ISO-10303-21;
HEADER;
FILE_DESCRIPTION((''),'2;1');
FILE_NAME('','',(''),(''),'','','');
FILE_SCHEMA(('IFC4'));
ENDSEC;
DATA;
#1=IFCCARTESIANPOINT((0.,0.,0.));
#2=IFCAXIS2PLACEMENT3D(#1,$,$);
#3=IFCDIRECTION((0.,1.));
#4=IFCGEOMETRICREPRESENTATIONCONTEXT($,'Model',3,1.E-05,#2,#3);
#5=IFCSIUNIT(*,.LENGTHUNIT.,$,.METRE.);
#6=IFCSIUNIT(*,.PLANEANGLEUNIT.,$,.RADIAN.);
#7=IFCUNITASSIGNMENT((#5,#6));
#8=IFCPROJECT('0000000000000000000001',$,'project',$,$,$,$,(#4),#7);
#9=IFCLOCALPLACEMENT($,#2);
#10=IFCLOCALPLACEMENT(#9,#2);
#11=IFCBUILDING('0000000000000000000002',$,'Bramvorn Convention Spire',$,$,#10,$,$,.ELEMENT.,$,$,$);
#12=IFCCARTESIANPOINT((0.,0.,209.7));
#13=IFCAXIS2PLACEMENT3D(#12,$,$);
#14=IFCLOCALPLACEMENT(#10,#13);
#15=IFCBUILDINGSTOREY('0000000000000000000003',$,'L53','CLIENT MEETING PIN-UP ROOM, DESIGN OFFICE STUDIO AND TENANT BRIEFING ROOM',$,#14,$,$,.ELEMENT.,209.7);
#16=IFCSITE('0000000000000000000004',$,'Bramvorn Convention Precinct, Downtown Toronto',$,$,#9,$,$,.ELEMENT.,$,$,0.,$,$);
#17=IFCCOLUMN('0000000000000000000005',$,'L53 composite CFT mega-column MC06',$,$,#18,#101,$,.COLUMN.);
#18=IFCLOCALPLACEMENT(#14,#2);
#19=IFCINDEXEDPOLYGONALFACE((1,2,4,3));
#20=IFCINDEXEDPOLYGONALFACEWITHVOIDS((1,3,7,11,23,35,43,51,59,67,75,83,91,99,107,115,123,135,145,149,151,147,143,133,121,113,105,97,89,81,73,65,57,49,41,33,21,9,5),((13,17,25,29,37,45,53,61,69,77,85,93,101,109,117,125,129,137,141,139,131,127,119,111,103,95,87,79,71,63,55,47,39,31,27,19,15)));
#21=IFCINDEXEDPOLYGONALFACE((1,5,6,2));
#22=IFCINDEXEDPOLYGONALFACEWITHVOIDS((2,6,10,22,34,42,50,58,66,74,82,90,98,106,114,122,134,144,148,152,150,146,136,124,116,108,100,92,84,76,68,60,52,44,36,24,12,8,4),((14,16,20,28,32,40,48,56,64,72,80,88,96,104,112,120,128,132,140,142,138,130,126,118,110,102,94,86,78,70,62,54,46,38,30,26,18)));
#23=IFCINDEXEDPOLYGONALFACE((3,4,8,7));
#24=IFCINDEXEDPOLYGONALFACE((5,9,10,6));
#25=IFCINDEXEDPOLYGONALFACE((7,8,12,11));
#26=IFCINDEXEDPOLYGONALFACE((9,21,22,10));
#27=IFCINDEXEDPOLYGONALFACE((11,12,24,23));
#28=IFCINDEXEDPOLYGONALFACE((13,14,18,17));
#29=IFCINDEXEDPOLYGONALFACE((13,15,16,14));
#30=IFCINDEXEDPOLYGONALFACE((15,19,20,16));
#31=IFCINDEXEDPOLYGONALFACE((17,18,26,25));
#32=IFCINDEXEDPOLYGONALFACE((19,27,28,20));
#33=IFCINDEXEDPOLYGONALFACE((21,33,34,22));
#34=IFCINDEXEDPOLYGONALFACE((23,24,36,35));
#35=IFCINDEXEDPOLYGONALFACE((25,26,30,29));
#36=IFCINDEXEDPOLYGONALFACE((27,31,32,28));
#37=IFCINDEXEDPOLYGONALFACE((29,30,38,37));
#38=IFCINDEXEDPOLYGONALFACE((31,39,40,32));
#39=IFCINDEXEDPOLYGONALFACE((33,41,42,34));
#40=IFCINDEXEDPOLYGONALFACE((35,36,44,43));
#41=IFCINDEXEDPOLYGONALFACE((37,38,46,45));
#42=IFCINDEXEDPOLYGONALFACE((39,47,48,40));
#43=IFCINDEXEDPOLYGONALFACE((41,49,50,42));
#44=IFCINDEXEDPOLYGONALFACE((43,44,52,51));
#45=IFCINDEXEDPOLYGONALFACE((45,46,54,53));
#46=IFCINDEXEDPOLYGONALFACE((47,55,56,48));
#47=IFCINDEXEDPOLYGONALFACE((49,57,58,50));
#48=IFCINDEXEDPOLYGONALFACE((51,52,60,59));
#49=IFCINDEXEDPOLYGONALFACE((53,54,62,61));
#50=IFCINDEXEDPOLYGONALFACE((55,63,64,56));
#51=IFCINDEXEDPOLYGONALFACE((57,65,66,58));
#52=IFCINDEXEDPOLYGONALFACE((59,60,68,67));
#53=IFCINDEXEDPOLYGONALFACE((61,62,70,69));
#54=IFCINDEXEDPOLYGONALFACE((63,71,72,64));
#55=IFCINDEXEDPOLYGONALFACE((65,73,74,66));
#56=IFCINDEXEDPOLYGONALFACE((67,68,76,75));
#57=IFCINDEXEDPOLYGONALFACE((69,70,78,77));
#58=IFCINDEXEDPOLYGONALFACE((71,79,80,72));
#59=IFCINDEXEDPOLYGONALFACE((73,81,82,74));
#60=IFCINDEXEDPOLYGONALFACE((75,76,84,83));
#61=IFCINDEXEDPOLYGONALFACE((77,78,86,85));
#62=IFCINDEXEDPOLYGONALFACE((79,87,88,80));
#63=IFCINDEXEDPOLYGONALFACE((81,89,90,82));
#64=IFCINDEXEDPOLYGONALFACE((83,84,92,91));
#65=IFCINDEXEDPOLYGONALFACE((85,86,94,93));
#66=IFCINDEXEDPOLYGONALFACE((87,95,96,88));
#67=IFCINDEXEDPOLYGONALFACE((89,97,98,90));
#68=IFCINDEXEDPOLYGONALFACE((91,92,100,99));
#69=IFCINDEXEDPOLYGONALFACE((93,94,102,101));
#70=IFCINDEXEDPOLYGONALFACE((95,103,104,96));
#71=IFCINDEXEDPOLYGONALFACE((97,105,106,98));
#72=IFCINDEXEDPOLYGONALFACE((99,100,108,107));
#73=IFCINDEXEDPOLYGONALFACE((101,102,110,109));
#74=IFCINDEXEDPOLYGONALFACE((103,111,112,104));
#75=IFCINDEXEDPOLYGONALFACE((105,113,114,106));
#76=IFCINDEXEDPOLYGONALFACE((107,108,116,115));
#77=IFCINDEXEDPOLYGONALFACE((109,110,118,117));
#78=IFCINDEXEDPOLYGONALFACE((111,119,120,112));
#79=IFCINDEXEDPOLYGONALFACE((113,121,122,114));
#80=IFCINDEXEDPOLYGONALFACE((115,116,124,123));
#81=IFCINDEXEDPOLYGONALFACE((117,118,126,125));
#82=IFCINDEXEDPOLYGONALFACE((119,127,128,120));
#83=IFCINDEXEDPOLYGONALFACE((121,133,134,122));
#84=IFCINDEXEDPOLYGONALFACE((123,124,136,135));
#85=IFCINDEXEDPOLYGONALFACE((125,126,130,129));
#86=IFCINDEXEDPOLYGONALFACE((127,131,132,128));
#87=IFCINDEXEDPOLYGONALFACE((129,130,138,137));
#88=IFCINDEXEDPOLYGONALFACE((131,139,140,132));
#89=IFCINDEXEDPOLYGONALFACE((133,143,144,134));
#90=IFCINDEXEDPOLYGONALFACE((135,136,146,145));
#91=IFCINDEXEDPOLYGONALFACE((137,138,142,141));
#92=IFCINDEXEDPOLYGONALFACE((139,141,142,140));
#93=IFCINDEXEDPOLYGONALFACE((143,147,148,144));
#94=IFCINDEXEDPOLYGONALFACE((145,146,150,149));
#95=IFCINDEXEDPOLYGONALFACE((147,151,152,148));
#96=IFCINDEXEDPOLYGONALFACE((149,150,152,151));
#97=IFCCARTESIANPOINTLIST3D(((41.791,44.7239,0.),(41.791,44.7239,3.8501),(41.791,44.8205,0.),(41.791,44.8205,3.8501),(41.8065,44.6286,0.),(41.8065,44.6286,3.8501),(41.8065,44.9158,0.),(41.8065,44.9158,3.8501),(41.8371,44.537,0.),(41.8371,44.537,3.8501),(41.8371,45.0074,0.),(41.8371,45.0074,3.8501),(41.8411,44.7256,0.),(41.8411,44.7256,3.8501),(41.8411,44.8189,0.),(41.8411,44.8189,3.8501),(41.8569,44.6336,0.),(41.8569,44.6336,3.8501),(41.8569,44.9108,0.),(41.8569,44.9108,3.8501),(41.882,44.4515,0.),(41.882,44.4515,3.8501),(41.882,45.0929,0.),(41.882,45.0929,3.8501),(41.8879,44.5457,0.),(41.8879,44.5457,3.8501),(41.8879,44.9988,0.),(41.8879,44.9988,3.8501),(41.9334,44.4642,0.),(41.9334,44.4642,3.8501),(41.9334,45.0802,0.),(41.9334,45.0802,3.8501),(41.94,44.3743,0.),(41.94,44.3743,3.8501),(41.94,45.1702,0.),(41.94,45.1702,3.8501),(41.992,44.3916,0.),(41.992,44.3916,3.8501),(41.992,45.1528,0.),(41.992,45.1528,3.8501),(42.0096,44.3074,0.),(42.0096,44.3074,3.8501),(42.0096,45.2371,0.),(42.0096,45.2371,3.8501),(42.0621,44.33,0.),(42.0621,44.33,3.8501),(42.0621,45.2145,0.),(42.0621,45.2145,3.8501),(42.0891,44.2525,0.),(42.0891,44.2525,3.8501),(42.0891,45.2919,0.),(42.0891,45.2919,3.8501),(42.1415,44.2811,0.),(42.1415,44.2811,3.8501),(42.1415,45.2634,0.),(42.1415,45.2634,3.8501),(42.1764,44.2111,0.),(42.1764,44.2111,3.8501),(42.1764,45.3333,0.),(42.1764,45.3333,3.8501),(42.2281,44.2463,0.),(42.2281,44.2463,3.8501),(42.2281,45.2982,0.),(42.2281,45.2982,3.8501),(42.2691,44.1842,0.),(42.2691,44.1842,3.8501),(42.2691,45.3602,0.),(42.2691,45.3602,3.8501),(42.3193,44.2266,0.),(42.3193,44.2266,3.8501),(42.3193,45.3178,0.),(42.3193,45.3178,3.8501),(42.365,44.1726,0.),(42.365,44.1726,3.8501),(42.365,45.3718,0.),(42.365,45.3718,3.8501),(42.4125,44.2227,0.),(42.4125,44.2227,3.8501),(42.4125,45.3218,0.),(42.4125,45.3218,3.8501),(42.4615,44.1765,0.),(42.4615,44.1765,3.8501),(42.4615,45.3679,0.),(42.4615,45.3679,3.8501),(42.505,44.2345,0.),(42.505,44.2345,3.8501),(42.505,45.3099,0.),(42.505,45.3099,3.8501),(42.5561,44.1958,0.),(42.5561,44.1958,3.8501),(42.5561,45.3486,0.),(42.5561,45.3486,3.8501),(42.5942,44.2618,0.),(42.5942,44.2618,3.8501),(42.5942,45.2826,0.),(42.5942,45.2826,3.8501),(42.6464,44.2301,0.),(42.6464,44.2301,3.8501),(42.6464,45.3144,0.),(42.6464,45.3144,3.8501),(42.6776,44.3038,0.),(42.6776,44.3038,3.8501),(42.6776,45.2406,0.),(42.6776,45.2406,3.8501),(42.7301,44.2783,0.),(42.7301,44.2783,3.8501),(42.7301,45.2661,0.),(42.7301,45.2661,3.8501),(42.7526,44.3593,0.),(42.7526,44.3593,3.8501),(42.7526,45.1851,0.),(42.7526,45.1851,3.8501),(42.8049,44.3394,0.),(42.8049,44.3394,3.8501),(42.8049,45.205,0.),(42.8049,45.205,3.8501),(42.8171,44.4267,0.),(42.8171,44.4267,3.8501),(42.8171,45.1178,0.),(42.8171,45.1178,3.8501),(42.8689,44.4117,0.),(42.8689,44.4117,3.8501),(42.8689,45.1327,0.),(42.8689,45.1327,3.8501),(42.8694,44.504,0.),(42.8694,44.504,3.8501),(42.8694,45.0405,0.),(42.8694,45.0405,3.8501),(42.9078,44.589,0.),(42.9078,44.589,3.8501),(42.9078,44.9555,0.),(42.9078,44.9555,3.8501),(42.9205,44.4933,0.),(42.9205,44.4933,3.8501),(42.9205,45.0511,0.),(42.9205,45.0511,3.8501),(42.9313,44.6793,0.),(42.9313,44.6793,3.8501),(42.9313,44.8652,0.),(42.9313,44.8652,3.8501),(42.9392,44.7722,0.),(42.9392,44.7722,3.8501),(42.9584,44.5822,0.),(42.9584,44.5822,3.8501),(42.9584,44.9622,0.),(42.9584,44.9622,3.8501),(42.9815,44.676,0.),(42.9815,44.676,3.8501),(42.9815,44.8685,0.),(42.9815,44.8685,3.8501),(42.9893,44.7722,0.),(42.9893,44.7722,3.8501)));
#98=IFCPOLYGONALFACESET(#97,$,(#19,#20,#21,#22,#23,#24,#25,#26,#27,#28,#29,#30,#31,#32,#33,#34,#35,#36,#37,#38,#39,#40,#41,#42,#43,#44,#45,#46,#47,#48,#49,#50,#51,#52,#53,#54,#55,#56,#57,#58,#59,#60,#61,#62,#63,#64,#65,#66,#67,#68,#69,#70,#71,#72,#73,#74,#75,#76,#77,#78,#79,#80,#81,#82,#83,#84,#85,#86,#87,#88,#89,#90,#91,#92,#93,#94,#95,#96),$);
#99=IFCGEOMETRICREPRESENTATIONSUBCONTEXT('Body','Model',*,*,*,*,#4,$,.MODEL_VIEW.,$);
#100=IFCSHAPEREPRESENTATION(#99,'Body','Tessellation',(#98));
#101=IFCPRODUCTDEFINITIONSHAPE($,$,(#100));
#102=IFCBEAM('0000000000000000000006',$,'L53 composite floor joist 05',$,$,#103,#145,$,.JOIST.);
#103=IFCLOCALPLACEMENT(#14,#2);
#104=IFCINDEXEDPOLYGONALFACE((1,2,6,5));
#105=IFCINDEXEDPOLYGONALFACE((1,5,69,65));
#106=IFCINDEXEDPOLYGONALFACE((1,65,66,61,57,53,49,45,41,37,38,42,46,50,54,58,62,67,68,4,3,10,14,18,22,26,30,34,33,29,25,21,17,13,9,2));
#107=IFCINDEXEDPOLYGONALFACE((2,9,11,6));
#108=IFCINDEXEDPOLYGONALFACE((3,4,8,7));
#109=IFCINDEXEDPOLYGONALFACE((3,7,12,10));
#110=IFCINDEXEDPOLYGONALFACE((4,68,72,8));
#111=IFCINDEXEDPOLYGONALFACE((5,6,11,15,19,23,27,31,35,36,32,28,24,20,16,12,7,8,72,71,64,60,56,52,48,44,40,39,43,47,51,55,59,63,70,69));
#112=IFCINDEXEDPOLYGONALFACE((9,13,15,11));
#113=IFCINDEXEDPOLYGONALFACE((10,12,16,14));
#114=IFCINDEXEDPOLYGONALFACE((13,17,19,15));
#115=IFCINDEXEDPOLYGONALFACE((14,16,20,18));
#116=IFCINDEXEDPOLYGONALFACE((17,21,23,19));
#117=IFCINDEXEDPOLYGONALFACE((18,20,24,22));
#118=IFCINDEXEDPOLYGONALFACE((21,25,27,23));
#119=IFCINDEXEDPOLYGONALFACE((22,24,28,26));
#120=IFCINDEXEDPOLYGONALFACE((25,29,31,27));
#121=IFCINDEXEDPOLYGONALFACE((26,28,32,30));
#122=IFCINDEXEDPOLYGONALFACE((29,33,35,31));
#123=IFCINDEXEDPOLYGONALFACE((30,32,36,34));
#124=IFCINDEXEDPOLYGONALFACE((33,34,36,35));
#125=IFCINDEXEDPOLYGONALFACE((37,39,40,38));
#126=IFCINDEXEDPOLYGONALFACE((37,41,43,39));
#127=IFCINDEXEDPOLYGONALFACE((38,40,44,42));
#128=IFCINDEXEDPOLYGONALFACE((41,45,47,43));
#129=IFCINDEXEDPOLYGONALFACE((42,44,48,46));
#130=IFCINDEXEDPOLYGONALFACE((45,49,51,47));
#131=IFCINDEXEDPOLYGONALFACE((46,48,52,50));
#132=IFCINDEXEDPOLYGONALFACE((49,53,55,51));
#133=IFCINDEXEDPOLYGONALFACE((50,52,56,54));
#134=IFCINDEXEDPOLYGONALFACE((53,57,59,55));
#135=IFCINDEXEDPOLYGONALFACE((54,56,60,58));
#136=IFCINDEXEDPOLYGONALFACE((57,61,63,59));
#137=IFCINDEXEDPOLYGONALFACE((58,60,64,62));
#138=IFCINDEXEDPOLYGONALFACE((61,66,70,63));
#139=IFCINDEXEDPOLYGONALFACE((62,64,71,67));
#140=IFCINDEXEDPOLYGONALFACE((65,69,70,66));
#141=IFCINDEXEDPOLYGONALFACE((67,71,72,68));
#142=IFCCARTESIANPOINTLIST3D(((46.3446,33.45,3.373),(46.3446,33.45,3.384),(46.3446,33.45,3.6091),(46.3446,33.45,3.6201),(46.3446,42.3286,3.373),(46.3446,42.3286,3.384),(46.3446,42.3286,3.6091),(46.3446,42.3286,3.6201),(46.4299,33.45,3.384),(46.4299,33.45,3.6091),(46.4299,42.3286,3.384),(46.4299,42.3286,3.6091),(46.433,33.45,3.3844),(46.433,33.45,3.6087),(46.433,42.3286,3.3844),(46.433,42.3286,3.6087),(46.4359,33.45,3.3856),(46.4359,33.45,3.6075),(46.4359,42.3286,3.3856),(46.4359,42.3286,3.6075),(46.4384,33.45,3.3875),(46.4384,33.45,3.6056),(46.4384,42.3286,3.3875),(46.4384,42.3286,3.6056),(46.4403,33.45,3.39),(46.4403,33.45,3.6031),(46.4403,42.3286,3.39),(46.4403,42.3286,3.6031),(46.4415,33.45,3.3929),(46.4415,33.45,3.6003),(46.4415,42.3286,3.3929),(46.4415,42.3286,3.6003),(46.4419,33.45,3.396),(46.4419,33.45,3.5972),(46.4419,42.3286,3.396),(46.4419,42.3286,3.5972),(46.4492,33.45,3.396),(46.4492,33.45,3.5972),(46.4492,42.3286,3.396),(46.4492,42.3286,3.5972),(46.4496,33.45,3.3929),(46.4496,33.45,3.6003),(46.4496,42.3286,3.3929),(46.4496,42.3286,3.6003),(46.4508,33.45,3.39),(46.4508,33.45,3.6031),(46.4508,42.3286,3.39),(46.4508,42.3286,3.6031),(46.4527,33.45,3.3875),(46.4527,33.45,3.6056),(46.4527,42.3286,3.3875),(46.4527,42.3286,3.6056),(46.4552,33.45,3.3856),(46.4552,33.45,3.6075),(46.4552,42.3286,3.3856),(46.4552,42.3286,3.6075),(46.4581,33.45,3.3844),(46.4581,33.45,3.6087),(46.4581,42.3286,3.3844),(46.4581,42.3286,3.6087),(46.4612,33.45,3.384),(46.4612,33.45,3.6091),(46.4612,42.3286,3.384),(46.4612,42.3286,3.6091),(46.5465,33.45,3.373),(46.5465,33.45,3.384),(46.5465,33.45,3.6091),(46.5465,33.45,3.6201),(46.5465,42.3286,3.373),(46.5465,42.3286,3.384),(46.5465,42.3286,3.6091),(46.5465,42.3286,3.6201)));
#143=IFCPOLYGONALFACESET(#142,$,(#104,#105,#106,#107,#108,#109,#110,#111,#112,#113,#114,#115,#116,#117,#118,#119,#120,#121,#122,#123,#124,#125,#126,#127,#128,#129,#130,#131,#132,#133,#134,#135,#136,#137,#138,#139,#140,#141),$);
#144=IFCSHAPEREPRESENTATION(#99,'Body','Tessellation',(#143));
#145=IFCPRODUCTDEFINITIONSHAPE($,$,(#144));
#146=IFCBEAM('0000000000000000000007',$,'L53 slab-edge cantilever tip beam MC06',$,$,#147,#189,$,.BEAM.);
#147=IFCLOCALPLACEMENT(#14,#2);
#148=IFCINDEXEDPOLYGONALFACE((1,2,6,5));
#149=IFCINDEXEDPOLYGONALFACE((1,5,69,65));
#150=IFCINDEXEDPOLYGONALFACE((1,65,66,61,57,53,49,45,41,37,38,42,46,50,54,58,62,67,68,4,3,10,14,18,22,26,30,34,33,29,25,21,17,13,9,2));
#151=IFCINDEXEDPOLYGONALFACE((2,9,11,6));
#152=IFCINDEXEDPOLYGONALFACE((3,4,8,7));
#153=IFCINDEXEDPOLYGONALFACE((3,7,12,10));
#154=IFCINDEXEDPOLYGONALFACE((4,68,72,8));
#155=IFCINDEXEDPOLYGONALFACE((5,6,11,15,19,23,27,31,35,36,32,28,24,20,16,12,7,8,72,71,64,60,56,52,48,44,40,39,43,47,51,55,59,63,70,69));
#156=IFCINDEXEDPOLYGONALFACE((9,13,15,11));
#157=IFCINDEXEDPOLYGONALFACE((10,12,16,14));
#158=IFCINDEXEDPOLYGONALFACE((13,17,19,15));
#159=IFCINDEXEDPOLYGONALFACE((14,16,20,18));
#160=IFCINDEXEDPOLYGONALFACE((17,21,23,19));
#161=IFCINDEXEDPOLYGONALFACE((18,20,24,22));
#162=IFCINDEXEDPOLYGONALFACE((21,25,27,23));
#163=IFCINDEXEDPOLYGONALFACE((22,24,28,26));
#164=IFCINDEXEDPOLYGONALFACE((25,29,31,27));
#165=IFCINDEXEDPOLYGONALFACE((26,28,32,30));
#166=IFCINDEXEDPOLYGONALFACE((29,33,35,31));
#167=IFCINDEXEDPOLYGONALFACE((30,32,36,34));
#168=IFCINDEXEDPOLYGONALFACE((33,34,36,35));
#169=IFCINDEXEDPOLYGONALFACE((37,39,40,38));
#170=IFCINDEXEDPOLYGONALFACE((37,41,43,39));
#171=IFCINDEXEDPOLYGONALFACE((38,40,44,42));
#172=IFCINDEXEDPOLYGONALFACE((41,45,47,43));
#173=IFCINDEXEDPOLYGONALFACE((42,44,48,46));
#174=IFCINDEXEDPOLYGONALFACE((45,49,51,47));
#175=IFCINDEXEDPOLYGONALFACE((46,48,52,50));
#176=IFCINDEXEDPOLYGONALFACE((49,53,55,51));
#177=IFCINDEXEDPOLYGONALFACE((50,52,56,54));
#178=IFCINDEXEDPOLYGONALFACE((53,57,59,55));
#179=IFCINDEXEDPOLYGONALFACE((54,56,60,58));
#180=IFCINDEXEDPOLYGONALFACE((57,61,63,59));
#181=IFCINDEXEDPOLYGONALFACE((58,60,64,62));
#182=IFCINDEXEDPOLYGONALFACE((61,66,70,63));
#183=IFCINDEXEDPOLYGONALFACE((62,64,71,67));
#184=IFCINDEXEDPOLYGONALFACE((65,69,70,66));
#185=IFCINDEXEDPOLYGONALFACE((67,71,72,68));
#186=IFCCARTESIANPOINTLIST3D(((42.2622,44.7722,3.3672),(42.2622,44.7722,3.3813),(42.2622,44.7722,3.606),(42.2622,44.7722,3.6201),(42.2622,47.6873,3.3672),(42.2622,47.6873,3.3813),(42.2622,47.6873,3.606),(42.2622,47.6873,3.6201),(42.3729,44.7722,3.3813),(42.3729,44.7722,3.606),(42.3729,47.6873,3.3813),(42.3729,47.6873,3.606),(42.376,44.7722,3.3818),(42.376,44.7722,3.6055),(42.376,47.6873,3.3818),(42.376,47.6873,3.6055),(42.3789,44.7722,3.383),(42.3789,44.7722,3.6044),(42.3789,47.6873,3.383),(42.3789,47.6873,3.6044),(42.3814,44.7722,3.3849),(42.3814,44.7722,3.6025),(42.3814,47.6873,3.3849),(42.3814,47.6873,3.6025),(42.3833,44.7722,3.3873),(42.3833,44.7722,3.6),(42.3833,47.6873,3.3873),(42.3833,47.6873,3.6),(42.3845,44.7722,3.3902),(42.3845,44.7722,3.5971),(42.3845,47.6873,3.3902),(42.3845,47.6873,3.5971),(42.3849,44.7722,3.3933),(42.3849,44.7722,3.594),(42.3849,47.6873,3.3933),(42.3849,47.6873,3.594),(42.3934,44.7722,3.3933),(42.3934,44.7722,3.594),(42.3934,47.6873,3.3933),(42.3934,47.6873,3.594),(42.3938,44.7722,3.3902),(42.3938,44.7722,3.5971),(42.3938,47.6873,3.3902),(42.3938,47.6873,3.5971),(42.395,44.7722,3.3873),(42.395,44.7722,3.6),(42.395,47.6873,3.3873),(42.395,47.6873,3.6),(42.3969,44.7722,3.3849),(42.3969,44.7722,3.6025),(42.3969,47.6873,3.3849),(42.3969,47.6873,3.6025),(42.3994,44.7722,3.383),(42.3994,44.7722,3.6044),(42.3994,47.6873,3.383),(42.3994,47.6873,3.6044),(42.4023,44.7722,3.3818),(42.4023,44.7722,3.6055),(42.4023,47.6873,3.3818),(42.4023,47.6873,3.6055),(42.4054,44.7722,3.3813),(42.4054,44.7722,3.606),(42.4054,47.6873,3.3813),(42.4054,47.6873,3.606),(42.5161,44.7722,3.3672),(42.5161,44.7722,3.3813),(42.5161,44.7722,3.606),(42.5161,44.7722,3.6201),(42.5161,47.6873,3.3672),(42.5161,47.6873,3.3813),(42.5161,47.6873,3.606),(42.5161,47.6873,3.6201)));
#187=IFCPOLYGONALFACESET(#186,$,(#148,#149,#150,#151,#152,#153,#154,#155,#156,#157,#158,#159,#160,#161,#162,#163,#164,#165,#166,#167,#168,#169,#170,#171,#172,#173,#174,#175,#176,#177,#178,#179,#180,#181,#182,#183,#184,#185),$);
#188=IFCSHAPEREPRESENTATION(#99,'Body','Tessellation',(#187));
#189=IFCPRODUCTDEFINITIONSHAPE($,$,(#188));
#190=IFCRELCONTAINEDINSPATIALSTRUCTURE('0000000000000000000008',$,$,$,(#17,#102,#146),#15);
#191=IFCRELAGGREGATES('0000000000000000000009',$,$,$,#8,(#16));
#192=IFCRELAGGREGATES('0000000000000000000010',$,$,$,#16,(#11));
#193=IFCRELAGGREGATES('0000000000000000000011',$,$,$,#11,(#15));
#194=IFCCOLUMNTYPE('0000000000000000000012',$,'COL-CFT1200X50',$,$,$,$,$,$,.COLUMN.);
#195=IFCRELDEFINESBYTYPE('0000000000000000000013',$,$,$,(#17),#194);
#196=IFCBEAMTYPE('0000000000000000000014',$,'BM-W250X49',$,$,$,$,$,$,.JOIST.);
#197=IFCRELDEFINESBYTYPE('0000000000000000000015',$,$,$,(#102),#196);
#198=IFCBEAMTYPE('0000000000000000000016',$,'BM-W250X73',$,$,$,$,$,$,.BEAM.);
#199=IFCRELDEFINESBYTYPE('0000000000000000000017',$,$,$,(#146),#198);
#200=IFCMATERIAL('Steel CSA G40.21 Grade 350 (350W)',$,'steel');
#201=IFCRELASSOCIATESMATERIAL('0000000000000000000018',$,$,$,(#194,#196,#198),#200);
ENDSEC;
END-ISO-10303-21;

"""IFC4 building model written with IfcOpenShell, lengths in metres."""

from ifc_helpers import new_model, si_unit, direction, frame, origin, origin_2d, place, context, subcontext, project, spatial, hollow_circle, i_section, extrude, material, material_profile, profile_set, type_object, element, save


model = new_model("IFC4")

# Units and contexts
model_context = context("Model", 3, precision=1e-05, world=origin(), true_north=direction((0.0, 1.0)))
body_context = subcontext(model_context, "Body", "Model", "MODEL_VIEW")
ifc_project = project(units=[si_unit("LENGTHUNIT", "METRE"), si_unit("PLANEANGLEUNIT", "RADIAN")], contexts=[model_context])

# Site, building, storey
site_placement = place(None, origin())
site = spatial("IfcSite", under=ifc_project, at=site_placement, Name="Bramvorn Convention Precinct, Downtown Toronto", CompositionType="ELEMENT", RefElevation=0.0)
building_placement = place(site_placement, origin())
building = spatial("IfcBuilding", under=site, at=building_placement, Name="Bramvorn Convention Spire", CompositionType="ELEMENT")
storey_placement = place(building_placement, frame((0.0, 0.0, 209.7)))
storey = spatial("IfcBuildingStorey", under=building, at=storey_placement, Name="L53", Description="CLIENT MEETING PIN-UP ROOM, DESIGN OFFICE STUDIO AND TENANT BRIEFING ROOM", CompositionType="ELEMENT", Elevation=209.7)

# Column
ifc_material_1 = material(Name="Steel CSA G40.21 Grade 350 (350W)", Category="steel")
ifc_material_profile_1 = material_profile(ifc_material_1, hollow_circle(Radius=0.6001, WallThickness=0.05, at=origin_2d()))
ifc_profile_set_1 = profile_set([ifc_material_profile_1], Name="Steel CSA G40.21 Grade 350 (350W) - CFT1200X50")
column_type = type_object("IfcColumnType", Name="COL-CFT1200X50", PredefinedType="COLUMN", material=ifc_profile_set_1)
column_placement = place(storey_placement, frame((42.3892, 44.7722, 0.0), z_axis=(0.0, 0.0, 1.0), x_axis=(1.0, 0.0, 0.0)))
element("IfcColumn", 1, at=column_placement, inside=storey, type_object=column_type, Name="L53 composite CFT mega-column MC06", PredefinedType="COLUMN", context=body_context, shape_type="SweptSolid", body=[
    extrude(hollow_circle(Radius=0.6001, WallThickness=0.05, at=origin_2d()), origin(), (0.0, 0.0, 1.0), 3.8501),
])

# Beams
ifc_material_profile_2 = material_profile(ifc_material_1, i_section(OverallWidth=0.2019, OverallDepth=0.2471, WebThickness=0.0073, FlangeThickness=0.011, FilletRadius=0.012, at=origin_2d()))
ifc_profile_set_2 = profile_set([ifc_material_profile_2], Name="Steel CSA G40.21 Grade 350 (350W) - W250X49")
beam_type_1 = type_object("IfcBeamType", Name="BM-W250X49", PredefinedType="JOIST", material=ifc_profile_set_2)
beam_1_placement = place(storey_placement, frame((46.4456, 33.45, 3.4966), z_axis=(0.0, 1.0, 0.0), x_axis=(-1.0, 0.0, 0.0)))
element("IfcBeam", 2, at=beam_1_placement, inside=storey, type_object=beam_type_1, Name="L53 composite floor joist 05", PredefinedType="JOIST", context=body_context, shape_type="SweptSolid", body=[
    extrude(i_section(OverallWidth=0.2019, OverallDepth=0.2471, WebThickness=0.0073, FlangeThickness=0.011, FilletRadius=0.012, at=origin_2d()), origin(), (0.0, 0.0, 1.0), 8.8787),
])
ifc_material_profile_3 = material_profile(ifc_material_1, i_section(OverallWidth=0.2539, OverallDepth=0.2529, WebThickness=0.0085, FlangeThickness=0.0142, FilletRadius=0.012, at=origin_2d()))
ifc_profile_set_3 = profile_set([ifc_material_profile_3], Name="Steel CSA G40.21 Grade 350 (350W) - W250X73")
beam_type_2 = type_object("IfcBeamType", Name="BM-W250X73", PredefinedType="BEAM", material=ifc_profile_set_3)
beam_2_placement = place(storey_placement, frame((42.3892, 44.7722, 3.4937), z_axis=(0.0, 1.0, 0.0), x_axis=(-1.0, 0.0, 0.0)))
element("IfcBeam", 3, at=beam_2_placement, inside=storey, type_object=beam_type_2, Name="L53 slab-edge cantilever tip beam MC06", PredefinedType="BEAM", context=body_context, shape_type="SweptSolid", body=[
    extrude(i_section(OverallWidth=0.2539, OverallDepth=0.2529, WebThickness=0.0085, FlangeThickness=0.0142, FilletRadius=0.012, at=origin_2d()), origin(), (0.0, 0.0, 1.0), 2.915),
])

save(model, "model.ifc")
